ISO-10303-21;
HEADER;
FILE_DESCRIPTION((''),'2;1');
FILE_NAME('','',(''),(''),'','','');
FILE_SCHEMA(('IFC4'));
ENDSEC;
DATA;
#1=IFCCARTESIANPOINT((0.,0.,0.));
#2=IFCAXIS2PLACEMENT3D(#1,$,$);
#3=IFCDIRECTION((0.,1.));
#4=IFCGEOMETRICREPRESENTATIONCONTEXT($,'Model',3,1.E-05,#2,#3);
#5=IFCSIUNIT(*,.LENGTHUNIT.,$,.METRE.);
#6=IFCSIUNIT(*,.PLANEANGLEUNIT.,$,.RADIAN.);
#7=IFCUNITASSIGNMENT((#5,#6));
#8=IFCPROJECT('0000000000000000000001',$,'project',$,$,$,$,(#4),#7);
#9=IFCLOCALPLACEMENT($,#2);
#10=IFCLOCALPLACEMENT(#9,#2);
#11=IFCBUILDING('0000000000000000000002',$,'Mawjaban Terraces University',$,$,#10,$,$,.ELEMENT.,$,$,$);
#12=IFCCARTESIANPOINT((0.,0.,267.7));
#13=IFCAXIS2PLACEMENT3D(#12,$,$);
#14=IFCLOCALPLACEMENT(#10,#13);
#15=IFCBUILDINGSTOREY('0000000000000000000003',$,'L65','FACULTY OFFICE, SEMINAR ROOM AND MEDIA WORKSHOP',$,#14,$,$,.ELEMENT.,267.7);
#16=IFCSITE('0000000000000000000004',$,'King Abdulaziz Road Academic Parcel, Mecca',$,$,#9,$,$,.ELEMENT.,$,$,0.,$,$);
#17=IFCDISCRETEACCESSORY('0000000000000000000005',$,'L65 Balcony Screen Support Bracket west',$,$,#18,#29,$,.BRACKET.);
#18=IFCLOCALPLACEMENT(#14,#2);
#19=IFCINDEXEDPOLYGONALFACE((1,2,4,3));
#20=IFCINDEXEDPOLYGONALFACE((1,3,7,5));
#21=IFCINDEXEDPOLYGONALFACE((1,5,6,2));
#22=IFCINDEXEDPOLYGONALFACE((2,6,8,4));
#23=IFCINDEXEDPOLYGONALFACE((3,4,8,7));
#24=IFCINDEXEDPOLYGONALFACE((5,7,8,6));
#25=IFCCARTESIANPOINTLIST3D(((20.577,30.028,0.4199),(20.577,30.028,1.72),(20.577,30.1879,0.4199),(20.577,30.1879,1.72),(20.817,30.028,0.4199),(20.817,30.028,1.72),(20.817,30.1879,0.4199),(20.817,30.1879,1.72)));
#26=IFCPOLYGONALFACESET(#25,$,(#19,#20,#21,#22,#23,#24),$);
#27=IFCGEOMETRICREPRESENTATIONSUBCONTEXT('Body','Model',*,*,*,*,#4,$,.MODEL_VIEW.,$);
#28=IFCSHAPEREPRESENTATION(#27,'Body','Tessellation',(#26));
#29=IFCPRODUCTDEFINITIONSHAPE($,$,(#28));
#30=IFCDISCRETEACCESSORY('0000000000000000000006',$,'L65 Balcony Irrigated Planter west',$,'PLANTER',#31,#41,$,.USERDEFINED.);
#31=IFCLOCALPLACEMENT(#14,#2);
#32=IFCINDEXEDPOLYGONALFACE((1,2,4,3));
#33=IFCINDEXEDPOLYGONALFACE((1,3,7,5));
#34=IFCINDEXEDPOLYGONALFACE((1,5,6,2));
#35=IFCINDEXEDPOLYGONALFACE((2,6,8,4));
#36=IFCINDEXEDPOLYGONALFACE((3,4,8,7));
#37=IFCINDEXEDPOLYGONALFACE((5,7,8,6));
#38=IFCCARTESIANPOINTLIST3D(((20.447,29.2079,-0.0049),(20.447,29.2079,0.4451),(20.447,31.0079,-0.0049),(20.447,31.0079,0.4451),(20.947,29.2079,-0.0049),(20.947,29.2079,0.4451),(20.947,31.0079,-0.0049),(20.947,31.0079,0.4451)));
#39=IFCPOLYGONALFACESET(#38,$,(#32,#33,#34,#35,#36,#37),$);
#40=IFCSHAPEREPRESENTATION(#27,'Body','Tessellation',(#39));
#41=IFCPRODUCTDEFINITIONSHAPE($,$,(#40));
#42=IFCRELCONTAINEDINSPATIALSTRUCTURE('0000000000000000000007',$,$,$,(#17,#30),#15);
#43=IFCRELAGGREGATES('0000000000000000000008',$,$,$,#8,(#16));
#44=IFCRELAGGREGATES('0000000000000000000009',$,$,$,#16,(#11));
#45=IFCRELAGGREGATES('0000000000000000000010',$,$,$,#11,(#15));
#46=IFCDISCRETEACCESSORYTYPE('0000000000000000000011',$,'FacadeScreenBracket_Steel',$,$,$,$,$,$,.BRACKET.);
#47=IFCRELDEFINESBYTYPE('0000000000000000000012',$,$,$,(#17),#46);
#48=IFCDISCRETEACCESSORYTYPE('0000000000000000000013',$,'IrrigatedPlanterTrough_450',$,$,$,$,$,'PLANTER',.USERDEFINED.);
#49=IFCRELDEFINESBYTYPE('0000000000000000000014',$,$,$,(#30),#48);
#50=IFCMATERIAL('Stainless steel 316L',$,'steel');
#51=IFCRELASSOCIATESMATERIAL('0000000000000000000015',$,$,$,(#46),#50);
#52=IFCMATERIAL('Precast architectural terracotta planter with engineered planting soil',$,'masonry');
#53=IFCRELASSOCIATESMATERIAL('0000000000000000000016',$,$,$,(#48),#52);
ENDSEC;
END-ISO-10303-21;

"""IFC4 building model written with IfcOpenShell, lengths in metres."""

from ifc_helpers import new_model, si_unit, direction, frame, origin, origin_2d, place, context, subcontext, project, spatial, rectangle, extrude, material, type_object, element, save


model = new_model("IFC4")

# Units and contexts
model_context = context("Model", 3, precision=1e-05, world=origin(), true_north=direction((0.0, 1.0)))
body_context = subcontext(model_context, "Body", "Model", "MODEL_VIEW")
ifc_project = project(units=[si_unit("LENGTHUNIT", "METRE"), si_unit("PLANEANGLEUNIT", "RADIAN")], contexts=[model_context])

# Site, building, storey
site_placement = place(None, origin())
site = spatial("IfcSite", under=ifc_project, at=site_placement, Name="King Abdulaziz Road Academic Parcel, Mecca", CompositionType="ELEMENT", RefElevation=0.0)
building_placement = place(site_placement, origin())
building = spatial("IfcBuilding", under=site, at=building_placement, Name="Mawjaban Terraces University", CompositionType="ELEMENT")
storey_placement = place(building_placement, frame((0.0, 0.0, 267.7)))
storey = spatial("IfcBuildingStorey", under=building, at=storey_placement, Name="L65", Description="FACULTY OFFICE, SEMINAR ROOM AND MEDIA WORKSHOP", CompositionType="ELEMENT", Elevation=267.7)

# Discrete accessories
ifc_material_1 = material(Name="Stainless steel 316L", Category="steel")
discrete_accessory_type_1 = type_object("IfcDiscreteAccessoryType", Name="FacadeScreenBracket_Steel", PredefinedType="BRACKET", material=ifc_material_1)
discrete_accessory_1_placement = place(storey_placement, frame((20.697, 30.1079, 0.4199), z_axis=(0.0, 0.0, 1.0), x_axis=(0.0, 1.0, 0.0)))
element("IfcDiscreteAccessory", 1, at=discrete_accessory_1_placement, inside=storey, type_object=discrete_accessory_type_1, Name="L65 Balcony Screen Support Bracket west", PredefinedType="BRACKET", context=body_context, shape_type="SweptSolid", body=[
    extrude(rectangle(XDim=0.1599, YDim=0.24, at=origin_2d()), origin(), (0.0, 0.0, 1.0), 1.3),
])
ifc_material_2 = material(Name="Precast architectural terracotta planter with engineered planting soil", Category="masonry")
discrete_accessory_type_2 = type_object("IfcDiscreteAccessoryType", Name="IrrigatedPlanterTrough_450", ElementType="PLANTER", PredefinedType="USERDEFINED", material=ifc_material_2)
discrete_accessory_2_placement = place(storey_placement, frame((20.697, 30.1079, -0.0049), z_axis=(0.0, 0.0, 1.0), x_axis=(0.0, 1.0, 0.0)))
element("IfcDiscreteAccessory", 2, at=discrete_accessory_2_placement, inside=storey, type_object=discrete_accessory_type_2, Name="L65 Balcony Irrigated Planter west", ObjectType="PLANTER", PredefinedType="USERDEFINED", context=body_context, shape_type="SweptSolid", body=[
    extrude(rectangle(XDim=1.8, YDim=0.5, at=origin_2d()), origin(), (0.0, 0.0, 1.0), 0.45),
])

save(model, "model.ifc")
